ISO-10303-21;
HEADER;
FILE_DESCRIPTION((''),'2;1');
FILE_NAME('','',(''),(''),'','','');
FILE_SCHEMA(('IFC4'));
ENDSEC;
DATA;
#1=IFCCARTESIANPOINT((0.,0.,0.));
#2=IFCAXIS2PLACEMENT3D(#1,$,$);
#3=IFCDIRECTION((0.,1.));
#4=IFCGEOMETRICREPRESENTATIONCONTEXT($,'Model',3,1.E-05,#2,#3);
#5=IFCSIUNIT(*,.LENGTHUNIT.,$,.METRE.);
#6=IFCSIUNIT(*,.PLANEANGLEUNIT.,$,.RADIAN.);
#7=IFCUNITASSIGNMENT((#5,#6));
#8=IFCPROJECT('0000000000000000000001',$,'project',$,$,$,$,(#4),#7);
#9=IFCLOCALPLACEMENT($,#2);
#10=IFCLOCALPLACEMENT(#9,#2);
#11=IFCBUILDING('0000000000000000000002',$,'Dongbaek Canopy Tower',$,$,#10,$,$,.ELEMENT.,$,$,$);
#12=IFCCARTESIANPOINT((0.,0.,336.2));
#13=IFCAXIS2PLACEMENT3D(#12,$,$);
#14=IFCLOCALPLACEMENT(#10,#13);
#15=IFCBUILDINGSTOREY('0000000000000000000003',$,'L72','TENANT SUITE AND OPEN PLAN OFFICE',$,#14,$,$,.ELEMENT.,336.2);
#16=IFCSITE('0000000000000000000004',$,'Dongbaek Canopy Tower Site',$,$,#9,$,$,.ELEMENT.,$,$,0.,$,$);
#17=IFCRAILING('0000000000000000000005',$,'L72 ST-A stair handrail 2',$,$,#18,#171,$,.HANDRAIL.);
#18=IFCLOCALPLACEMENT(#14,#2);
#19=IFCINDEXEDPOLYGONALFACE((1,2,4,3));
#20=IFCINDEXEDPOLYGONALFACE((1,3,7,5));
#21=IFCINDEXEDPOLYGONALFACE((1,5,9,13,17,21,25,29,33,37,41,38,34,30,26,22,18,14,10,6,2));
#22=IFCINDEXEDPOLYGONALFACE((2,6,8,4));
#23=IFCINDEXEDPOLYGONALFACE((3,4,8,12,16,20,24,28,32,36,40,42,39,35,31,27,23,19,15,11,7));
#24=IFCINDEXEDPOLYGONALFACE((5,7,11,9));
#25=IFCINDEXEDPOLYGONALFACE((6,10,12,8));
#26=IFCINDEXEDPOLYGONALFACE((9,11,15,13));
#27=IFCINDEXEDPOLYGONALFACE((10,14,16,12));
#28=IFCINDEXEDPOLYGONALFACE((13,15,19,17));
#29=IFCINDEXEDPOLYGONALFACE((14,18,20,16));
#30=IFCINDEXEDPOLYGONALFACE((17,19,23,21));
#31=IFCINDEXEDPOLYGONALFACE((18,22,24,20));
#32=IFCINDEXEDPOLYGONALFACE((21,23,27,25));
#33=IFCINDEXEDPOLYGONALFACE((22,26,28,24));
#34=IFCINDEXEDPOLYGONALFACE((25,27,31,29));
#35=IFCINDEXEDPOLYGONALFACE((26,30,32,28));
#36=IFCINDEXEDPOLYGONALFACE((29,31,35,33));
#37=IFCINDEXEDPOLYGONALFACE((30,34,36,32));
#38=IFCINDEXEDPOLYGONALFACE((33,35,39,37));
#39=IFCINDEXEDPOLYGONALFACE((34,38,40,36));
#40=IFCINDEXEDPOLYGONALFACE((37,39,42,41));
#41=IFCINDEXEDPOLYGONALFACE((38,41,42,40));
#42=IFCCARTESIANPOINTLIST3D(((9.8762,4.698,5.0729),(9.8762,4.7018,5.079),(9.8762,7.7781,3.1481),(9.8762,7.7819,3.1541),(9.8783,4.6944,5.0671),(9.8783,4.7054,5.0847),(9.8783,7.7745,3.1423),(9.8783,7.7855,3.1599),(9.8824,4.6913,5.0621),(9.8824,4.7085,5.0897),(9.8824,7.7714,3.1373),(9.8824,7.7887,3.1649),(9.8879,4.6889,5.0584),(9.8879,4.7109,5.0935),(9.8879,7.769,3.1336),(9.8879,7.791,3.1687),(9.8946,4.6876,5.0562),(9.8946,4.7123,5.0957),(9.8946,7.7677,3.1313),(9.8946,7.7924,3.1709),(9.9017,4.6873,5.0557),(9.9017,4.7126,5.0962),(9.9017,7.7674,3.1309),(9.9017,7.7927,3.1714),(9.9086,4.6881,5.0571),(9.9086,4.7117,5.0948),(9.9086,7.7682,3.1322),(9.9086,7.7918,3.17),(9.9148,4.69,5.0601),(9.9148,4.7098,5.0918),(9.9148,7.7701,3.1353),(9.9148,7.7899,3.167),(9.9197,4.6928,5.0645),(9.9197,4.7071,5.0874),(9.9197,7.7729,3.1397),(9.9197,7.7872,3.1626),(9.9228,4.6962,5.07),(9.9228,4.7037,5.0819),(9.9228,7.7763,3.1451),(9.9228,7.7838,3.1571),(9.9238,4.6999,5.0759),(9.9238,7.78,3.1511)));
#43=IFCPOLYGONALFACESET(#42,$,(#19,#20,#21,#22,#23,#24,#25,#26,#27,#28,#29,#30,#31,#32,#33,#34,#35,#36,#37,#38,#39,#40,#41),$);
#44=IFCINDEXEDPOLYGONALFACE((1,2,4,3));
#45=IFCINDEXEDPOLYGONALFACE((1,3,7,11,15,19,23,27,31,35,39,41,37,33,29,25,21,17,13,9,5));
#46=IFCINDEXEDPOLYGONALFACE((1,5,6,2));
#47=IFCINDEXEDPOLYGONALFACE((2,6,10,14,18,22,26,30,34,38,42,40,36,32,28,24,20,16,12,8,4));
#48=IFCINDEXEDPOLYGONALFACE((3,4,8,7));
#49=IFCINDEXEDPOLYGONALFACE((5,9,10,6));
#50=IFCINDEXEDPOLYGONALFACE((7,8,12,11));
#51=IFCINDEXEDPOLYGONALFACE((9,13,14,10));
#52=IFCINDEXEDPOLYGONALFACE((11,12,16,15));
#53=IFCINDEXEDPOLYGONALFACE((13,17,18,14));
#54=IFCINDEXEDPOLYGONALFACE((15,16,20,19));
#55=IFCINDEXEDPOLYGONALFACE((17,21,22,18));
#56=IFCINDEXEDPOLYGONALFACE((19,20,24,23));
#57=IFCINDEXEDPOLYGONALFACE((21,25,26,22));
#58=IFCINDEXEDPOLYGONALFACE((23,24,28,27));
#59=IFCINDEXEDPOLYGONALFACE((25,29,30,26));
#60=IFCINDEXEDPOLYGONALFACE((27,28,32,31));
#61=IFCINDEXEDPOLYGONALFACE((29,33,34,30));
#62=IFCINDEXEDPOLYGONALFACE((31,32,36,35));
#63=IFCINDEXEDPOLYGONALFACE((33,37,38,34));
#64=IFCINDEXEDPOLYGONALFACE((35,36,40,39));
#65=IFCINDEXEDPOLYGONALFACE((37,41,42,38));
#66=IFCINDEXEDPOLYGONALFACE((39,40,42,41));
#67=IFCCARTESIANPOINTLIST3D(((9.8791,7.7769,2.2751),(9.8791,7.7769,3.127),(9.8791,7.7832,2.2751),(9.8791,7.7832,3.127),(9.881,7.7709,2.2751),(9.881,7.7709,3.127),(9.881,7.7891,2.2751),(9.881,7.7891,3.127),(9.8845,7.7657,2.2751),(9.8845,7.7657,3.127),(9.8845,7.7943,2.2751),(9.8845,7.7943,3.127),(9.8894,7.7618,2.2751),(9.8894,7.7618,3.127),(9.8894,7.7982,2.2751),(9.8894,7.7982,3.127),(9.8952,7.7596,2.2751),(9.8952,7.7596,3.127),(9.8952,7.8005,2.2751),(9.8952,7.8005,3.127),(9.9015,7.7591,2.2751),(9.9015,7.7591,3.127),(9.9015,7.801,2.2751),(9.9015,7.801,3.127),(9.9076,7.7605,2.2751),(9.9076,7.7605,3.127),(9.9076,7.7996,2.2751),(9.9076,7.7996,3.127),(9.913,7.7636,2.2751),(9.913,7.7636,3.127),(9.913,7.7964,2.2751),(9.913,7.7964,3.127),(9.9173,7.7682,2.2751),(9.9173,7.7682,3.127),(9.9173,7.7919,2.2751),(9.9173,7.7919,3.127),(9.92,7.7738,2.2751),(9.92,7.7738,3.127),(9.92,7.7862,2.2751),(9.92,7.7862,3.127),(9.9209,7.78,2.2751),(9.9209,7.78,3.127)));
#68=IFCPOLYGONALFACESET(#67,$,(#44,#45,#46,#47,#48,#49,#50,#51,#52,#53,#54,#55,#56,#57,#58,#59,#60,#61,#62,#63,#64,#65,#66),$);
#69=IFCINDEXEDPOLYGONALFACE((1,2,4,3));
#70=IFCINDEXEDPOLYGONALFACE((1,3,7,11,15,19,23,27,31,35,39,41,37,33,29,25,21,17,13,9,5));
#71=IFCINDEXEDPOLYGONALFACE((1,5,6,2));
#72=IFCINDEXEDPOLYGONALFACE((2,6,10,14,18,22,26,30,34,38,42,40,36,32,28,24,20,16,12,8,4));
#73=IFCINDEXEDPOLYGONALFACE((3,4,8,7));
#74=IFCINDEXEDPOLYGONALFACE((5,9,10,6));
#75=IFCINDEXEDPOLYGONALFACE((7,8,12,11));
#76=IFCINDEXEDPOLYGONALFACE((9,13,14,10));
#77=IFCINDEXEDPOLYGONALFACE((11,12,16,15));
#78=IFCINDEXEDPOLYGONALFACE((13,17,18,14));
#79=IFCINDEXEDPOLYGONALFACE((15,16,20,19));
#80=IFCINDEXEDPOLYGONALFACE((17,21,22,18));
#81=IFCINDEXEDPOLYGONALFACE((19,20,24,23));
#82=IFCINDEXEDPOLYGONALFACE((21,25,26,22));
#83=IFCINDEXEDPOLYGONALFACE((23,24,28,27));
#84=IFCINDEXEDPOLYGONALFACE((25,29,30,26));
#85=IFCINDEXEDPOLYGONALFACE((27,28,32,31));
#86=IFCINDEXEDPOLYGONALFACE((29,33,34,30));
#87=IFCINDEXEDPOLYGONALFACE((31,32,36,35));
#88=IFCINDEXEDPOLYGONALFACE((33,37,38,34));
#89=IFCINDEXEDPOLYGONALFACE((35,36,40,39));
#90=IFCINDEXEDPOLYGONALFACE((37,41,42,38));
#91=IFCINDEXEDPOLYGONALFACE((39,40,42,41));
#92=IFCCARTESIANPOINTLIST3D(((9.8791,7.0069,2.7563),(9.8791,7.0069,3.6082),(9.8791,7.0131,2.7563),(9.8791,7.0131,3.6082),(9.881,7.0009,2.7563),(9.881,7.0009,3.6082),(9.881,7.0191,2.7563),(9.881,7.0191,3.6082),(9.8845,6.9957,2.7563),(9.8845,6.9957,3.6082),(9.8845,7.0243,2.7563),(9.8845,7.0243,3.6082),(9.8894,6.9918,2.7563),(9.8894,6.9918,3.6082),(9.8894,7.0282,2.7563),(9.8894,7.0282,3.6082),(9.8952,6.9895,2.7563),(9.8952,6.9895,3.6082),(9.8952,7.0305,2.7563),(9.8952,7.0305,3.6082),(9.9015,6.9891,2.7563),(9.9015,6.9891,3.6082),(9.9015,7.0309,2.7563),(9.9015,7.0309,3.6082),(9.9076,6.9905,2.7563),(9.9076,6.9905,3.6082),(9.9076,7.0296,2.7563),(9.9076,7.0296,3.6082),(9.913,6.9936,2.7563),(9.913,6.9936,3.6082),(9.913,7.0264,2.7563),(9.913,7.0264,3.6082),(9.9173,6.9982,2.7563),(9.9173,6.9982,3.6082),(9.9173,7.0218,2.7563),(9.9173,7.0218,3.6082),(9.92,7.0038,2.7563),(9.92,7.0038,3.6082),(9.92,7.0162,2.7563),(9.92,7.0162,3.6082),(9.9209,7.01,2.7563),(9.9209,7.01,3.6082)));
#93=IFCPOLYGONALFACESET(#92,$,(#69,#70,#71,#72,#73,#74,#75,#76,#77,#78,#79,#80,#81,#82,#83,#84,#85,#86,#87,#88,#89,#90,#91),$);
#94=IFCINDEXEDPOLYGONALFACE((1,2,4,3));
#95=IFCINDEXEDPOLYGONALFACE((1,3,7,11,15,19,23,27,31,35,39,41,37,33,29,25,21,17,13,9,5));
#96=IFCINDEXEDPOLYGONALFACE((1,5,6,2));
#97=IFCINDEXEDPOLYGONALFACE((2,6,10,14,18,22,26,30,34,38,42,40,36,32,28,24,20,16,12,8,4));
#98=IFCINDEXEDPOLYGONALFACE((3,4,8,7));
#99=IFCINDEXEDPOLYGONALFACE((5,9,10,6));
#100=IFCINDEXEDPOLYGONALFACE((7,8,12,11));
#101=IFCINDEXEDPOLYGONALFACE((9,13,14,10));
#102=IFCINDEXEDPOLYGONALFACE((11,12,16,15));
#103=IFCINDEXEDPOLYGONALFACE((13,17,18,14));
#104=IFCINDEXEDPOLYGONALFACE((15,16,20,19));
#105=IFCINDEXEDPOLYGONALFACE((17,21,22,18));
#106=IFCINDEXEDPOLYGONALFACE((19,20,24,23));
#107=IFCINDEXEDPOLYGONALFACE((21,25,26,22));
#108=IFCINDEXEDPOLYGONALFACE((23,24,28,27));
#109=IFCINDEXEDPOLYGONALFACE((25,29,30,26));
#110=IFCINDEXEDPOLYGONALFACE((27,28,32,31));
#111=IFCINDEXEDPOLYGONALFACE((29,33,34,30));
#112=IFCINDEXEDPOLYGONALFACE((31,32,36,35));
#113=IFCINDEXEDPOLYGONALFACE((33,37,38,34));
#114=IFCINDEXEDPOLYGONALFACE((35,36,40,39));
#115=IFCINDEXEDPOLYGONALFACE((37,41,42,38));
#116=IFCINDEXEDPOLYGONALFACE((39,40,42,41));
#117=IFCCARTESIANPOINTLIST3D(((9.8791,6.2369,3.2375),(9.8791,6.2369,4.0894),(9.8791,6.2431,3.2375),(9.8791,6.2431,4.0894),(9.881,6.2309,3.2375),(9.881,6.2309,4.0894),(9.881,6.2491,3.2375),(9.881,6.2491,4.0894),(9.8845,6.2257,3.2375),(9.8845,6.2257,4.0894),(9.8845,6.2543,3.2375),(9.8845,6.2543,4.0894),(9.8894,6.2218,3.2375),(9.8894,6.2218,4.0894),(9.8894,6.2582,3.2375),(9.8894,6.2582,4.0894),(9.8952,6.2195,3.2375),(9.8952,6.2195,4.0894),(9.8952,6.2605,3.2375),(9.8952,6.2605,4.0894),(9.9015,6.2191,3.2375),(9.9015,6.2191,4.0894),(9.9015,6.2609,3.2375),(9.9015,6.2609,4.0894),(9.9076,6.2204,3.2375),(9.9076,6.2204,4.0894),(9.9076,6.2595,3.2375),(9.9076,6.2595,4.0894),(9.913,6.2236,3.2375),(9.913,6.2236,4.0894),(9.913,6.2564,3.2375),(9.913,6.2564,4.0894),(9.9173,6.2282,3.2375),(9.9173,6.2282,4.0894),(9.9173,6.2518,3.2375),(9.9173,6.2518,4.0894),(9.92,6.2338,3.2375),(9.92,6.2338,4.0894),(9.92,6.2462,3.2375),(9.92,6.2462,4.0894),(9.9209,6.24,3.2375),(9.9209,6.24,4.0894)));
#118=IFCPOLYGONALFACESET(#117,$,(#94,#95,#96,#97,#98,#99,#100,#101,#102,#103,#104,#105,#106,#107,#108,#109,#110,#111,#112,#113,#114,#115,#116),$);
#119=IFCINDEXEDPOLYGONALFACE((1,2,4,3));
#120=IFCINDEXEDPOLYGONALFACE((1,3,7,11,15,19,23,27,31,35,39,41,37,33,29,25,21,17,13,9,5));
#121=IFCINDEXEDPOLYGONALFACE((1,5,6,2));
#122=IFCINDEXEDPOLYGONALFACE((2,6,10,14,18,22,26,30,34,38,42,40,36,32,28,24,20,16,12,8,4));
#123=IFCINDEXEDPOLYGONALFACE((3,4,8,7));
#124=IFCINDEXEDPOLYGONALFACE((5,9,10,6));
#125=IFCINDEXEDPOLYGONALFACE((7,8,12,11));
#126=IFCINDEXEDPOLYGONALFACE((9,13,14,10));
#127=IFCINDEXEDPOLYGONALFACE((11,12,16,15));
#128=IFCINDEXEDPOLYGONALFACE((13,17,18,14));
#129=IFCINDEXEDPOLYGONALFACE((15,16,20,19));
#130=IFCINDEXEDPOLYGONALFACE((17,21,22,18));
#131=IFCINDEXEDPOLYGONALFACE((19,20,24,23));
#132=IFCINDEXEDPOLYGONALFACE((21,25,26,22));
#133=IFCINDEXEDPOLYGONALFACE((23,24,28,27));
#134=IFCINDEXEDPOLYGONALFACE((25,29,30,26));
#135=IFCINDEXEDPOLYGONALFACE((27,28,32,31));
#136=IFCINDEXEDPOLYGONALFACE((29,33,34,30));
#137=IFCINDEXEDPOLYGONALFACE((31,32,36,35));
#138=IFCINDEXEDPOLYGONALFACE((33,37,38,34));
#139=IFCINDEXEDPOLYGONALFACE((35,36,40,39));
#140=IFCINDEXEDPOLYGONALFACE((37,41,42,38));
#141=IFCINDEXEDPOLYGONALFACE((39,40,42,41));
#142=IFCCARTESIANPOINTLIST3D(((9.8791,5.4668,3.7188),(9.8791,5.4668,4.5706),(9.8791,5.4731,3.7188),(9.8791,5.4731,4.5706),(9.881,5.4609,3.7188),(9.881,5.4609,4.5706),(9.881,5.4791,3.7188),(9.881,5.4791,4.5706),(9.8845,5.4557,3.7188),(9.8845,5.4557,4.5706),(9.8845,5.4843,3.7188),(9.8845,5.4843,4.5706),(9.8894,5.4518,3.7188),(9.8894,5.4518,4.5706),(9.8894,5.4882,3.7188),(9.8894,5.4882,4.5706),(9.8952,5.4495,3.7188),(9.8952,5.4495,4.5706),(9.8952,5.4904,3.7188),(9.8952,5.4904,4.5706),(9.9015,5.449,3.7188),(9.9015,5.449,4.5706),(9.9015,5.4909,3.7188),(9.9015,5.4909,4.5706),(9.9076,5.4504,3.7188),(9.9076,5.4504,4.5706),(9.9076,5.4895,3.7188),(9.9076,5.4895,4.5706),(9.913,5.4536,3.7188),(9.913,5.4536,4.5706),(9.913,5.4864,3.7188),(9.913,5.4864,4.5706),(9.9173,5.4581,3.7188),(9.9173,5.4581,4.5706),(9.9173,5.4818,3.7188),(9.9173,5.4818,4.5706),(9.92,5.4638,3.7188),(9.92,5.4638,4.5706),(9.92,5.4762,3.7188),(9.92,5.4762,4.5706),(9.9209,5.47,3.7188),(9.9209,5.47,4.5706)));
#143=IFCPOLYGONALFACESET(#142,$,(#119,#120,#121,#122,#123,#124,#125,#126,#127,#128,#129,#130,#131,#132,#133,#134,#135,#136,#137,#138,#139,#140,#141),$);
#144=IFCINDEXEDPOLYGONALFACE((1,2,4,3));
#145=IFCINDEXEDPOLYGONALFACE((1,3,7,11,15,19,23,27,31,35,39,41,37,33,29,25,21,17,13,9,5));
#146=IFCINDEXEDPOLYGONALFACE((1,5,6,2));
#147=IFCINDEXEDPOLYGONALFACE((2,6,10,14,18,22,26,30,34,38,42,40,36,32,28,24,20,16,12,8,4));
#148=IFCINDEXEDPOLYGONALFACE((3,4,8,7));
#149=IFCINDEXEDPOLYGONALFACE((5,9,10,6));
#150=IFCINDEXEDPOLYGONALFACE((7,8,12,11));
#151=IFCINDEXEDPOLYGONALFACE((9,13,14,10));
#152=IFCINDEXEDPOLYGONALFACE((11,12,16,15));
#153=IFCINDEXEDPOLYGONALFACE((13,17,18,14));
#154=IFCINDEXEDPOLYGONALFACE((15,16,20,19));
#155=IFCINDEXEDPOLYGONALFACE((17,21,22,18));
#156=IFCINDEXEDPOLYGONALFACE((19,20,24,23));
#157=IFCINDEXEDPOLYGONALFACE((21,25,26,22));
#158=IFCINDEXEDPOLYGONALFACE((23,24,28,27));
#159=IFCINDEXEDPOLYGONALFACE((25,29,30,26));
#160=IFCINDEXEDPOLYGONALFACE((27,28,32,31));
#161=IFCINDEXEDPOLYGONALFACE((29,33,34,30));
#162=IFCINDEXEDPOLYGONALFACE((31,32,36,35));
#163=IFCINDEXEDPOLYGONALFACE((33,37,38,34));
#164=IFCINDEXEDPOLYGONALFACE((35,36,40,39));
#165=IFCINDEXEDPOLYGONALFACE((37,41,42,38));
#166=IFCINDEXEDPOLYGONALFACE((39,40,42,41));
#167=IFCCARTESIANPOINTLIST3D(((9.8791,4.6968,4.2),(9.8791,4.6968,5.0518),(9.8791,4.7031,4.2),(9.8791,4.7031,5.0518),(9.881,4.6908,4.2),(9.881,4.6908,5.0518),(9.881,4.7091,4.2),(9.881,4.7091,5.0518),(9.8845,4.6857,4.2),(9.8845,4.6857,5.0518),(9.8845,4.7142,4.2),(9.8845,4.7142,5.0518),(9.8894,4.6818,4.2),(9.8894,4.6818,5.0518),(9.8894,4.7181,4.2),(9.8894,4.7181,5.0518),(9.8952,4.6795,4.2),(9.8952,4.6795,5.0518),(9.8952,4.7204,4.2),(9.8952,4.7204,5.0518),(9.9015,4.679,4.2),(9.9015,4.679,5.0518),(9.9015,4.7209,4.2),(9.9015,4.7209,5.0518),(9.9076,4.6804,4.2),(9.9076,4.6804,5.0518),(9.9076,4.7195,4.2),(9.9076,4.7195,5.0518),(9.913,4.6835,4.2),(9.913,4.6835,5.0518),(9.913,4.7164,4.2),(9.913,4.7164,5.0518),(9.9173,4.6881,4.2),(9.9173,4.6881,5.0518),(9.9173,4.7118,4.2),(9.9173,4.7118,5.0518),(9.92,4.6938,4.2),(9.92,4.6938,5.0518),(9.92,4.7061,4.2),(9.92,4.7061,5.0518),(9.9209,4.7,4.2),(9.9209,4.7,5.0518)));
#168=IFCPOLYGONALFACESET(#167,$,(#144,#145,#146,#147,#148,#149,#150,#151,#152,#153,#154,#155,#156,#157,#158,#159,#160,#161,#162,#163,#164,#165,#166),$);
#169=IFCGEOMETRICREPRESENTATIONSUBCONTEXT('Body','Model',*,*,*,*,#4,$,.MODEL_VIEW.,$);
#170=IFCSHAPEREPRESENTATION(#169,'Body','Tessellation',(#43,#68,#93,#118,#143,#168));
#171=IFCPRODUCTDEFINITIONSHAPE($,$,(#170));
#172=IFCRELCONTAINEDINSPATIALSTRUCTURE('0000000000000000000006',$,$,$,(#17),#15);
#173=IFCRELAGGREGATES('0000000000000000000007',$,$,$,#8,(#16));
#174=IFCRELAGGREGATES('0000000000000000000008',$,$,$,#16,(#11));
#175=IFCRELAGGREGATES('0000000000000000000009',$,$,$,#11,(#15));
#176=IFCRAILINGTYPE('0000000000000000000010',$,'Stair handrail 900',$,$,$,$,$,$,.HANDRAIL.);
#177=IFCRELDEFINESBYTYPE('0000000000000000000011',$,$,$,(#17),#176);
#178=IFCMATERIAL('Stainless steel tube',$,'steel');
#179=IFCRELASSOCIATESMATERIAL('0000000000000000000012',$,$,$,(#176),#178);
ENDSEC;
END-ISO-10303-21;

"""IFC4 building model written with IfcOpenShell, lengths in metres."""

from ifc_helpers import new_model, si_unit, direction, frame, origin, origin_2d, place, context, subcontext, project, spatial, circle, extrude, material, type_object, element, save


model = new_model("IFC4")

# Units and contexts
model_context = context("Model", 3, precision=1e-05, world=origin(), true_north=direction((0.0, 1.0)))
body_context = subcontext(model_context, "Body", "Model", "MODEL_VIEW")
ifc_project = project(units=[si_unit("LENGTHUNIT", "METRE"), si_unit("PLANEANGLEUNIT", "RADIAN")], contexts=[model_context])

# Site, building, storey
site_placement = place(None, origin())
site = spatial("IfcSite", under=ifc_project, at=site_placement, Name="Dongbaek Canopy Tower Site", CompositionType="ELEMENT", RefElevation=0.0)
building_placement = place(site_placement, origin())
building = spatial("IfcBuilding", under=site, at=building_placement, Name="Dongbaek Canopy Tower", CompositionType="ELEMENT")
storey_placement = place(building_placement, frame((0.0, 0.0, 336.2)))
storey = spatial("IfcBuildingStorey", under=building, at=storey_placement, Name="L72", Description="TENANT SUITE AND OPEN PLAN OFFICE", CompositionType="ELEMENT", Elevation=336.2)

# Railing
ifc_material_1 = material(Name="Stainless steel tube", Category="steel")
railing_type_1 = type_object("IfcRailingType", Name="Stair handrail 900", PredefinedType="HANDRAIL", material=ifc_material_1)
railing_1_placement = place(storey_placement, frame((9.8999, 7.78, 2.2751)))
element("IfcRailing", 1, at=railing_1_placement, inside=storey, type_object=railing_type_1, Name="L72 ST-A stair handrail 2", PredefinedType="HANDRAIL", context=body_context, shape_type="SweptSolid", body=[
    extrude(circle(Radius=0.0239, at=origin_2d()), frame((0.0, 0.0, 0.876), z_axis=(0.0, -0.848029, 0.529951), x_axis=(1.0, 0.0, 0.0)), (0.0, 0.0, 1.0), 3.6321),
    extrude(circle(Radius=0.021, at=origin_2d()), origin(), (0.0, 0.0, 1.0), 0.8518),
    extrude(circle(Radius=0.021, at=origin_2d()), frame((0.0, -0.77, 0.4812)), (0.0, 0.0, 1.0), 0.8518),
    extrude(circle(Radius=0.021, at=origin_2d()), frame((0.0, -1.54, 0.9624)), (0.0, 0.0, 1.0), 0.8518),
    extrude(circle(Radius=0.021, at=origin_2d()), frame((0.0, -2.3101, 1.4436)), (0.0, 0.0, 1.0), 0.8518),
    extrude(circle(Radius=0.021, at=origin_2d()), frame((0.0, -3.0801, 1.9248)), (0.0, 0.0, 1.0), 0.8518),
])

save(model, "model.ifc")
